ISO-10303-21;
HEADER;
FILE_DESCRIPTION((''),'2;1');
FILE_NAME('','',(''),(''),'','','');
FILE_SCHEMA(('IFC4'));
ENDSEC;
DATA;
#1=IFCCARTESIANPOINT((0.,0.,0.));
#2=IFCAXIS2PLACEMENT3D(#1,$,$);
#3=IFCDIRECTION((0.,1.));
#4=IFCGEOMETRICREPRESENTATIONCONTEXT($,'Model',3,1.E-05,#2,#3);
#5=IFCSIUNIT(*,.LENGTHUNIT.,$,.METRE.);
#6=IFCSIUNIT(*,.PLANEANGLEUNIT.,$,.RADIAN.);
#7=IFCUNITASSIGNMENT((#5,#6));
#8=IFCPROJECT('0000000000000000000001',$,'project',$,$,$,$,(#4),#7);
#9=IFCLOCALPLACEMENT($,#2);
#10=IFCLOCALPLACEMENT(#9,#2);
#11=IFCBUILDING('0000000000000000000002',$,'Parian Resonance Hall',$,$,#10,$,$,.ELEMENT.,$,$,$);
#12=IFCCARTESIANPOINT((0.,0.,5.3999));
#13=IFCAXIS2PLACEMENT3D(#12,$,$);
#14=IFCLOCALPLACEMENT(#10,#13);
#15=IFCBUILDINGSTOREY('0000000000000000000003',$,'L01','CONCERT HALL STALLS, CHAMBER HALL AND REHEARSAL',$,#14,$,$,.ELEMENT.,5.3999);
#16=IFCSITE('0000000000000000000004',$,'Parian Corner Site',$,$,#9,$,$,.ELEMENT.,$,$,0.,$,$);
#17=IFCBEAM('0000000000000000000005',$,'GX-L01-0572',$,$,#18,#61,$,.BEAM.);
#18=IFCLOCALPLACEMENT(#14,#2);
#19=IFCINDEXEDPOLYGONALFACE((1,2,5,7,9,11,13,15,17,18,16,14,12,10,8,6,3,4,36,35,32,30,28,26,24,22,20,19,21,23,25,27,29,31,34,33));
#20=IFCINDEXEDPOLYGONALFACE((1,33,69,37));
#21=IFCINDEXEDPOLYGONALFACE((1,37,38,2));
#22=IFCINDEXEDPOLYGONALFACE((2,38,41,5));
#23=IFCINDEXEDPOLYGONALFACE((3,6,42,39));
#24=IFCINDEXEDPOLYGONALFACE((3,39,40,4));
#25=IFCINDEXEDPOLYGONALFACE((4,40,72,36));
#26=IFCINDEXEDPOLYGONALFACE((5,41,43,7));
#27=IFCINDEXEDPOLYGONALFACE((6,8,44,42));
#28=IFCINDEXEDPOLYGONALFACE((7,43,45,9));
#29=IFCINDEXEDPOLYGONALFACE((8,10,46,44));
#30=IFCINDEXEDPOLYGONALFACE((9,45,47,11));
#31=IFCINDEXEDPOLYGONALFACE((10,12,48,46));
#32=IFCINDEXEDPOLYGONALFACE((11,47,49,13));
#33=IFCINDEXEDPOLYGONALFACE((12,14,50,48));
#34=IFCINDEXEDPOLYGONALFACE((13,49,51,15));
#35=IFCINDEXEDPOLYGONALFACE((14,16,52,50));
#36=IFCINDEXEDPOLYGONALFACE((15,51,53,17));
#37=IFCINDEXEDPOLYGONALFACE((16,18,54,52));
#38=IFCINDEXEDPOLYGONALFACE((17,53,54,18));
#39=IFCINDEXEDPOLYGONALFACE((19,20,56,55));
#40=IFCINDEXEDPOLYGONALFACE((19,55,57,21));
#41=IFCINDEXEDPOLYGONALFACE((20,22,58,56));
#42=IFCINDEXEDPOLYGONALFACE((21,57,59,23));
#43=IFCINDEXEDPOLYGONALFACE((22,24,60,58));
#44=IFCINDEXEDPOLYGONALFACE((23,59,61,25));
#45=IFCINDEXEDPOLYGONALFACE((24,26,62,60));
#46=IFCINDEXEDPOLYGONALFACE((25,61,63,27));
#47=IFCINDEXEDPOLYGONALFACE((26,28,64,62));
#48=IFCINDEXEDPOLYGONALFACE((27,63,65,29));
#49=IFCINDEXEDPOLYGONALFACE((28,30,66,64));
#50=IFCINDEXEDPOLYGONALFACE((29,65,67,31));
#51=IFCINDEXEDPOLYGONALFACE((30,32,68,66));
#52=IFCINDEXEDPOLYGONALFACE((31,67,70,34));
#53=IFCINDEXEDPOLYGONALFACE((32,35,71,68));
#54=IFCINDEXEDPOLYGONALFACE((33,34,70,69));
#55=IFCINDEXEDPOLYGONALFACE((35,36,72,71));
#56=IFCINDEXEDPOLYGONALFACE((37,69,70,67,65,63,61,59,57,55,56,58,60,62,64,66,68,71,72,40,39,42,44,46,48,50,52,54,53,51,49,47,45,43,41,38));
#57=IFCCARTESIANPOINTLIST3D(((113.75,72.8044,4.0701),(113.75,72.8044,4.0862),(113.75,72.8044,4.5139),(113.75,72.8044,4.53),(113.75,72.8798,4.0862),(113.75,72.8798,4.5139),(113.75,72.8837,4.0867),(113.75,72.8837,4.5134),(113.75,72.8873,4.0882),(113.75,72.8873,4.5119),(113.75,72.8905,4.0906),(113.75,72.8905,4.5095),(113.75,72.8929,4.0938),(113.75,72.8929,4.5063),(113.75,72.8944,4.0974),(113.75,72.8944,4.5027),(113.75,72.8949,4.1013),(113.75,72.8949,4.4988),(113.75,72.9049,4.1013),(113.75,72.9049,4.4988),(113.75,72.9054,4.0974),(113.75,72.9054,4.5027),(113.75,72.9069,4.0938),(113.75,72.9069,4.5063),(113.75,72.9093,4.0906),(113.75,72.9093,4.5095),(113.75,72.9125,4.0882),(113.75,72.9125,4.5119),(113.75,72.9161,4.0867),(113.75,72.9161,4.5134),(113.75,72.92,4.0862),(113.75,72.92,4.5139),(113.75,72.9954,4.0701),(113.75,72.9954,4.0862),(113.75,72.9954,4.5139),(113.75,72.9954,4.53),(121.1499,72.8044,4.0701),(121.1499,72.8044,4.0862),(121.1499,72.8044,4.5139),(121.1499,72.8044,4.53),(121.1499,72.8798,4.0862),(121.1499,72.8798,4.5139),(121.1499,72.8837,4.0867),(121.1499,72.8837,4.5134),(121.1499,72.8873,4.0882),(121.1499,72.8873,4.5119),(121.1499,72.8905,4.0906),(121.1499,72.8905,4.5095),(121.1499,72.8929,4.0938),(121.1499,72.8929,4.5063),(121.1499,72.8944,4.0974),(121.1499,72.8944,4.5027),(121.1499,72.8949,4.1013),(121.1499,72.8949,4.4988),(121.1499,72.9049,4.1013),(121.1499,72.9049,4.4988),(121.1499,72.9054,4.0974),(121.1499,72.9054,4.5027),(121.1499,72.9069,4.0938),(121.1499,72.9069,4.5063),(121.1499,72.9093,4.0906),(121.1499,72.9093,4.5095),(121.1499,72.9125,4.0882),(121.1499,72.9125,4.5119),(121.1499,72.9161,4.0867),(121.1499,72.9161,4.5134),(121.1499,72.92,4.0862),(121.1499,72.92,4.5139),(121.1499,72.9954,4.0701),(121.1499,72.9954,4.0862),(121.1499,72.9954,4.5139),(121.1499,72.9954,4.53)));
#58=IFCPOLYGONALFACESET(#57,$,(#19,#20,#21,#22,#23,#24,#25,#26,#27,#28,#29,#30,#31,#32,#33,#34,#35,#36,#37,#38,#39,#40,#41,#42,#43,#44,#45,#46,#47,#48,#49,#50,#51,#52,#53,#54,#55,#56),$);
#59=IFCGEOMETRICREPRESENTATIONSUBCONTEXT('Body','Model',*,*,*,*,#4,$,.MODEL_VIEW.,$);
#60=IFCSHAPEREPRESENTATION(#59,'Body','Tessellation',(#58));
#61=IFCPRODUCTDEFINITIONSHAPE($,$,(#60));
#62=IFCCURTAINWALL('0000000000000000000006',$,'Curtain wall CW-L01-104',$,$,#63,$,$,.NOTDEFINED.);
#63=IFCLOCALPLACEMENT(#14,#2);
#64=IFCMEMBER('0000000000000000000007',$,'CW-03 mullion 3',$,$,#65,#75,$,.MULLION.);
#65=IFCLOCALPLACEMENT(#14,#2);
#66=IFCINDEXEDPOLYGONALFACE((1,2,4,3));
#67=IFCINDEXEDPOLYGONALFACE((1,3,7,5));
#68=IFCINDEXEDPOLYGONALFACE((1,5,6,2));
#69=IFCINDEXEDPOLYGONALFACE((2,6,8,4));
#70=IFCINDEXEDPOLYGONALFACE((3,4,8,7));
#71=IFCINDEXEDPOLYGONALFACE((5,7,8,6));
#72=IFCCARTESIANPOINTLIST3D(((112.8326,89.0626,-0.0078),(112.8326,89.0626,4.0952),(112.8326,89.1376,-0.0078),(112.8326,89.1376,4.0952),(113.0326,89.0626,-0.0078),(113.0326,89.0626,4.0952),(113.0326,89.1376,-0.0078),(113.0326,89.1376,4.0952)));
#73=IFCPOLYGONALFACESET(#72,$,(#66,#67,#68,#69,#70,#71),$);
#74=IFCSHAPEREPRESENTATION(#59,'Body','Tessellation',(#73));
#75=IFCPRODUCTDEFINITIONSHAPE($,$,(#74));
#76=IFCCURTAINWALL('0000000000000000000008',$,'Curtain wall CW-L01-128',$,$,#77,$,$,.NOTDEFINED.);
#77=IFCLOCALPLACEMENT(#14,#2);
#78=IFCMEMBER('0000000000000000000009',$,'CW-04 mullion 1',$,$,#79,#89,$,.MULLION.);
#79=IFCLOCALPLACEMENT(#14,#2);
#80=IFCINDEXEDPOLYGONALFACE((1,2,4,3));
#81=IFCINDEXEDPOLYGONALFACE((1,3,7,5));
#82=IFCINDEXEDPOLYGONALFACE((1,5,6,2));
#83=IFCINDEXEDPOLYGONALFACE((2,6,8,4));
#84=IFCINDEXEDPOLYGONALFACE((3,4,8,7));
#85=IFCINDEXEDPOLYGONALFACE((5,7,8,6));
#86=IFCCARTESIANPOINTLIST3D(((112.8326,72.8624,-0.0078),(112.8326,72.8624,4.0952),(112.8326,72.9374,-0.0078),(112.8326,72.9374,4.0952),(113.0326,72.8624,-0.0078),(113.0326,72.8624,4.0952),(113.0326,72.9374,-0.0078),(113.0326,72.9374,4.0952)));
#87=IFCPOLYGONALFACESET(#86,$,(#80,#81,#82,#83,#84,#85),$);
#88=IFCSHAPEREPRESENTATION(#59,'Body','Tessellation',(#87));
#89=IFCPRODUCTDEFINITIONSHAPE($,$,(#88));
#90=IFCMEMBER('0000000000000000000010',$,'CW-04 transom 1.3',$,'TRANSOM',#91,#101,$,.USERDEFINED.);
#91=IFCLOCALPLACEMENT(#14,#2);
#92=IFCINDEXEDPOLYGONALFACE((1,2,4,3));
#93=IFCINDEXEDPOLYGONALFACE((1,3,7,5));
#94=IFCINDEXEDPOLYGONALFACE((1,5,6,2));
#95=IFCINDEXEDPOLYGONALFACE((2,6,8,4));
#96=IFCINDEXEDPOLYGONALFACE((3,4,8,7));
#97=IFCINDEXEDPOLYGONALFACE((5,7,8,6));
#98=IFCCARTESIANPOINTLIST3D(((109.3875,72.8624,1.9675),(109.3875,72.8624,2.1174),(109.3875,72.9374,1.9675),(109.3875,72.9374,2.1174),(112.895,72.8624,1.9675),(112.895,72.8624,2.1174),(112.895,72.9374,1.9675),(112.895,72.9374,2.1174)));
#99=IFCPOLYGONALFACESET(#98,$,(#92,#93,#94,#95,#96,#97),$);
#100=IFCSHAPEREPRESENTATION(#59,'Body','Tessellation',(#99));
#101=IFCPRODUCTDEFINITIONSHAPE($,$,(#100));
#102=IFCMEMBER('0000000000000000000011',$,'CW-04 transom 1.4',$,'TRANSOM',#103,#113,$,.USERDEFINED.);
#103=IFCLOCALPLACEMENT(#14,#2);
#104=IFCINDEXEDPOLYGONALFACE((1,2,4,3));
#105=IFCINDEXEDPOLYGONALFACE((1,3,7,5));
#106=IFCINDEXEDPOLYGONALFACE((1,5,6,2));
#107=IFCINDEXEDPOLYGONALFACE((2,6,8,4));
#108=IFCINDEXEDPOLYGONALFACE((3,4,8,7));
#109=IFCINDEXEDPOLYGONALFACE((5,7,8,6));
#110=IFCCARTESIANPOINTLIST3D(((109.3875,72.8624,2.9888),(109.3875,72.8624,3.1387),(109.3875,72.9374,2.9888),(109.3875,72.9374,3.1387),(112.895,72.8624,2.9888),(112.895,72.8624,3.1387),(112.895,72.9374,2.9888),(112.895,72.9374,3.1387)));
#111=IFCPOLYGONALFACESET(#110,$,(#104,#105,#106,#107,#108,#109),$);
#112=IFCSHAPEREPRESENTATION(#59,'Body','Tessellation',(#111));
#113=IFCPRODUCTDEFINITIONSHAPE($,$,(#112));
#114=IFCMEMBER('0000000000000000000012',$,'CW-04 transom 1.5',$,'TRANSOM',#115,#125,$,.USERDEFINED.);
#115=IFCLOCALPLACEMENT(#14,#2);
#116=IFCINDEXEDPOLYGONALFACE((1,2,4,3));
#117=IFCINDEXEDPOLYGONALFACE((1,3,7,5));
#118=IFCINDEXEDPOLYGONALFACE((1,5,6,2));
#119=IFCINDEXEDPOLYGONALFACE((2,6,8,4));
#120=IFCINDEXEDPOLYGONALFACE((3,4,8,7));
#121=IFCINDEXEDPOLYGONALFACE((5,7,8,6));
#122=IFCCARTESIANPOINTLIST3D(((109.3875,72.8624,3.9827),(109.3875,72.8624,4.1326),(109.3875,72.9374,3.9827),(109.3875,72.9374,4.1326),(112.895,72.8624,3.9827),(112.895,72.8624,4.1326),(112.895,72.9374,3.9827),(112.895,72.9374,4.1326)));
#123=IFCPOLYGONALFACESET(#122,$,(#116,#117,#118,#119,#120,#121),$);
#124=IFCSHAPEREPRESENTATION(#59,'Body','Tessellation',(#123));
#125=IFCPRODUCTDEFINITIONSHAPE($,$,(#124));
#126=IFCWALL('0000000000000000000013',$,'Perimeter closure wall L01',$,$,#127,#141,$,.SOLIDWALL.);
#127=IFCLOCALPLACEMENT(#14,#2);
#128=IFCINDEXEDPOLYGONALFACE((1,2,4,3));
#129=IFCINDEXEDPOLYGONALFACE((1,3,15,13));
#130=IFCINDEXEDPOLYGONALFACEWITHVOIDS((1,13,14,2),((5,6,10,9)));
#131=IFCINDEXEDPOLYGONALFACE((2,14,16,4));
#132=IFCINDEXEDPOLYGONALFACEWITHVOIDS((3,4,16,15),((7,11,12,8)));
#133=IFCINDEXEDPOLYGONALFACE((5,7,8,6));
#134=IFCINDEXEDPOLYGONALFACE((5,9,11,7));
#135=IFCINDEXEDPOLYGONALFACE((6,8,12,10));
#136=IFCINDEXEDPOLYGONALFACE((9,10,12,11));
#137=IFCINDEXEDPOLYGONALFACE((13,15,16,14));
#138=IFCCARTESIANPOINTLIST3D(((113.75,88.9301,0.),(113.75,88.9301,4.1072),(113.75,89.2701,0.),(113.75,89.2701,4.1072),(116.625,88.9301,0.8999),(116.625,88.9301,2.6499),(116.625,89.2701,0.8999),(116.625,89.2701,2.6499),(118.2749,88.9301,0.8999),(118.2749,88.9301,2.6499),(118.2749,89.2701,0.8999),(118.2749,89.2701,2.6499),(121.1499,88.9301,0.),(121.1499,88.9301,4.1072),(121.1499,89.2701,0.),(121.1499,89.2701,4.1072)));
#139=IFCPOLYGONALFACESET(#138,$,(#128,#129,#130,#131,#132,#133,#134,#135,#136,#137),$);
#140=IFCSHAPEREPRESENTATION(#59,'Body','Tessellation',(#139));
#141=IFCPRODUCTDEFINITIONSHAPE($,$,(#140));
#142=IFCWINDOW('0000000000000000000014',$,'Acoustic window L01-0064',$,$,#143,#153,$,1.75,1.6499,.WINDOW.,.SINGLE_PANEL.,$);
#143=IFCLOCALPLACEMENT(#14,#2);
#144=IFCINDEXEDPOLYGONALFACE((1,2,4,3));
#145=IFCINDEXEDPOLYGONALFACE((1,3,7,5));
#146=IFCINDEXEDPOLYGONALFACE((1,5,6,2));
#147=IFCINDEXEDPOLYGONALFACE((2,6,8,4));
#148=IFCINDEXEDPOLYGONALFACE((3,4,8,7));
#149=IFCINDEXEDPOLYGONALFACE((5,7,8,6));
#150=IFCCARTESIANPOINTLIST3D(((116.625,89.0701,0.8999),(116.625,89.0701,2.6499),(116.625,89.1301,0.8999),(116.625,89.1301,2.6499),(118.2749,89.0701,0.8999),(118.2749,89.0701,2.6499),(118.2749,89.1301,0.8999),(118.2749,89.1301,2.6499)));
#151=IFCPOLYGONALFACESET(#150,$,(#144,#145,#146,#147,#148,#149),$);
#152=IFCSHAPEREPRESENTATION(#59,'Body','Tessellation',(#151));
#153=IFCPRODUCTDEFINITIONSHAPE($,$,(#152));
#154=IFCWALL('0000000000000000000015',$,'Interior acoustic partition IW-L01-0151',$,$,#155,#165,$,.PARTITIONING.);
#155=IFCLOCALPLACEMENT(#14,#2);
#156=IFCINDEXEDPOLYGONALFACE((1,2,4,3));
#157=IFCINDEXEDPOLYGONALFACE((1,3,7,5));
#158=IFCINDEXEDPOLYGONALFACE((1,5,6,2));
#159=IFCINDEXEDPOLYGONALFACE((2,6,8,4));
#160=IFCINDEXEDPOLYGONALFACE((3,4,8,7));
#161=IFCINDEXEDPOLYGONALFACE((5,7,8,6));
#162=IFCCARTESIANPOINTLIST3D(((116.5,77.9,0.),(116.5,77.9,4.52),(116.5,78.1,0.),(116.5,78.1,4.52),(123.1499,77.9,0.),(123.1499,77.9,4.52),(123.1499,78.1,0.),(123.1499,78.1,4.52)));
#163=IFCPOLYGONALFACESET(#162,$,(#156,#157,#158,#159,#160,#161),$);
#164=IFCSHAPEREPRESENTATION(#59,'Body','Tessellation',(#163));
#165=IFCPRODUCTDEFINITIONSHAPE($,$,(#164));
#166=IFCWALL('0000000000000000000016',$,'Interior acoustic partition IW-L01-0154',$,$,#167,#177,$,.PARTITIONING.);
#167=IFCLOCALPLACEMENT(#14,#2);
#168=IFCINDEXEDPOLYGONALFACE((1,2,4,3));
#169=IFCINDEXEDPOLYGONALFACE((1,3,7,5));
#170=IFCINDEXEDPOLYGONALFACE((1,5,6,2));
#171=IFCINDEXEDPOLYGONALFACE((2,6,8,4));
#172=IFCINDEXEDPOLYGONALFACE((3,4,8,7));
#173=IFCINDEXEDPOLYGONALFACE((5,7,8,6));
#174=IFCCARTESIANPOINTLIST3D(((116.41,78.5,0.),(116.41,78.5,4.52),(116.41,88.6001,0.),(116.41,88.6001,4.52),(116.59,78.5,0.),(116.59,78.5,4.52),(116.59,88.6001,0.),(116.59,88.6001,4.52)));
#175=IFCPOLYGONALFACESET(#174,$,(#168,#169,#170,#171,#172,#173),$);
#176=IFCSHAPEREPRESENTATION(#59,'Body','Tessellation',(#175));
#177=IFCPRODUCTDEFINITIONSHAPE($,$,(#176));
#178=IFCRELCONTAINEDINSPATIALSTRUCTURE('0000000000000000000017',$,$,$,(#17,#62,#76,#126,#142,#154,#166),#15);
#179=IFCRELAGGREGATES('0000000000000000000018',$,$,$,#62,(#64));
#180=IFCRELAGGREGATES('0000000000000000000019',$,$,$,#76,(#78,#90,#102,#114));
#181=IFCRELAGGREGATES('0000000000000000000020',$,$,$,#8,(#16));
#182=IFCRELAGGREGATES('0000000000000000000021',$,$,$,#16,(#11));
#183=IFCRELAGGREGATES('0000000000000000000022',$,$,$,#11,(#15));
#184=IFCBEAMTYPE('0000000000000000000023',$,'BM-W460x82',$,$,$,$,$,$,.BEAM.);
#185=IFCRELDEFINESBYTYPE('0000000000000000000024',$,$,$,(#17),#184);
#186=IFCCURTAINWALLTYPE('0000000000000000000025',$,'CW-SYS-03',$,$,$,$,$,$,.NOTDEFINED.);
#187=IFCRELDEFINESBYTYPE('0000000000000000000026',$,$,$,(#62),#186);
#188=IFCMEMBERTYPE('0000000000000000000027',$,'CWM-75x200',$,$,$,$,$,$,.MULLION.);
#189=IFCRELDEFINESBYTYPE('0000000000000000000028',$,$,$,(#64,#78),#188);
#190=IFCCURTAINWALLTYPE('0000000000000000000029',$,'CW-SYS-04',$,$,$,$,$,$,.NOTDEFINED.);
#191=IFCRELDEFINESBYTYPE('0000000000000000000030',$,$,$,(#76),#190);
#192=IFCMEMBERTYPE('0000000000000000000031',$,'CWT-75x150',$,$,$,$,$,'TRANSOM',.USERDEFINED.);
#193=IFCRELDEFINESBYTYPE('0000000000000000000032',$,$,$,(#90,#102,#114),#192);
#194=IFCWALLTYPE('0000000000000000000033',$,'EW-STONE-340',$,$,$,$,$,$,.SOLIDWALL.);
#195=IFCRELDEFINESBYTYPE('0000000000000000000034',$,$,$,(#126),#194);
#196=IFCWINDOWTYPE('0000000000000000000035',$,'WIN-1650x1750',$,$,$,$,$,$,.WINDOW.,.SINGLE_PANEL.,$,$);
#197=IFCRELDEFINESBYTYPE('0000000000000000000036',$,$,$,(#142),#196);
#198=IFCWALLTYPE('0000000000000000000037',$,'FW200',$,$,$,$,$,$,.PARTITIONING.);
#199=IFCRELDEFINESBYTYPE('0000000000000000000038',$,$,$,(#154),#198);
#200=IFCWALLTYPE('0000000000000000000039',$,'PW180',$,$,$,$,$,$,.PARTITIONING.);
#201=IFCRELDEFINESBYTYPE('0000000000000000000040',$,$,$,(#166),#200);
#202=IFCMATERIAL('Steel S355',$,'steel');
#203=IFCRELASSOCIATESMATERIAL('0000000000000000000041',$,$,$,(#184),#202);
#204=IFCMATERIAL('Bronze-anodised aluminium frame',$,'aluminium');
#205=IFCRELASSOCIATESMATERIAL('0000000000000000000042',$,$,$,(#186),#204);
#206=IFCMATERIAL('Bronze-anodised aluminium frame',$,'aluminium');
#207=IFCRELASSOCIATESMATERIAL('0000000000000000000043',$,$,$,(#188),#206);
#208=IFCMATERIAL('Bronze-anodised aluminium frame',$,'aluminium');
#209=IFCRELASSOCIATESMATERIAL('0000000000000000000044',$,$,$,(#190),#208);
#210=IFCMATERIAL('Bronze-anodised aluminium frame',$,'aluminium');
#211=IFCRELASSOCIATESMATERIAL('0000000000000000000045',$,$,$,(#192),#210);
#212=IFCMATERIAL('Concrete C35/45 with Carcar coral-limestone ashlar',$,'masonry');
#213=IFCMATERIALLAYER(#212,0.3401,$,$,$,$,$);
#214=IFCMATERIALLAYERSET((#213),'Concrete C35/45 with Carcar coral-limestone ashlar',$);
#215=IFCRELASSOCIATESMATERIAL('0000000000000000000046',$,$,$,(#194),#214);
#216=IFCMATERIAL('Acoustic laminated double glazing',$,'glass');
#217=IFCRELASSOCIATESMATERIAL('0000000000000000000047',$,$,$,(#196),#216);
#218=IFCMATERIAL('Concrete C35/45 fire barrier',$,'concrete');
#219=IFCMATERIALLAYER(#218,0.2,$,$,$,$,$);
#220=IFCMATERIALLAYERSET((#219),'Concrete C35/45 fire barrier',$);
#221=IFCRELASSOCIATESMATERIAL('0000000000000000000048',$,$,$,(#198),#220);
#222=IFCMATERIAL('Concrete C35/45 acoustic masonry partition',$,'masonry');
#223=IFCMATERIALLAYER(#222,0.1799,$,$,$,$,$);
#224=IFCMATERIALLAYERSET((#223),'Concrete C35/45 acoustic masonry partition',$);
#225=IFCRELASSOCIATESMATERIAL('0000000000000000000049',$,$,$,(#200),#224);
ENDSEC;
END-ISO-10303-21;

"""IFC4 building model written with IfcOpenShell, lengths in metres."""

from ifc_helpers import new_model, si_unit, direction, frame, frame_2d, origin, origin_2d, place, context, subcontext, project, spatial, rectangle, i_section, extrude, material, layer, layer_set, material_profile, profile_set, type_object, element, fill, aggregate, save


model = new_model("IFC4")

# Units and contexts
model_context = context("Model", 3, precision=1e-05, world=origin(), true_north=direction((0.0, 1.0)))
body_context = subcontext(model_context, "Body", "Model", "MODEL_VIEW")
ifc_project = project(units=[si_unit("LENGTHUNIT", "METRE"), si_unit("PLANEANGLEUNIT", "RADIAN")], contexts=[model_context])

# Site, building, storey
site_placement = place(None, origin())
site = spatial("IfcSite", under=ifc_project, at=site_placement, Name="Parian Corner Site", CompositionType="ELEMENT", RefElevation=0.0)
building_placement = place(site_placement, origin())
building = spatial("IfcBuilding", under=site, at=building_placement, Name="Parian Resonance Hall", CompositionType="ELEMENT")
storey_placement = place(building_placement, frame((0.0, 0.0, 5.3999)))
storey = spatial("IfcBuildingStorey", under=building, at=storey_placement, Name="L01", Description="CONCERT HALL STALLS, CHAMBER HALL AND REHEARSAL", CompositionType="ELEMENT", Elevation=5.3999)

# Beam
ifc_material_1 = material(Name="Steel S355", Category="steel")
ifc_material_profile_1 = material_profile(ifc_material_1, i_section(OverallWidth=0.1909, OverallDepth=0.46, WebThickness=0.01, FlangeThickness=0.0161, FilletRadius=0.0151, at=origin_2d()), Name="W460x82")
ifc_profile_set_1 = profile_set([ifc_material_profile_1], Name="Steel S355")
beam_type_1 = type_object("IfcBeamType", Name="BM-W460x82", PredefinedType="BEAM", material=ifc_profile_set_1)
beam_1_placement = place(storey_placement, frame((113.75, 72.8999, 4.3), z_axis=(1.0, 0.0, 0.0), x_axis=(0.0, 1.0, 0.0)))
element("IfcBeam", 1, at=beam_1_placement, inside=storey, type_object=beam_type_1, Name="GX-L01-0572", PredefinedType="BEAM", context=body_context, shape_type="SweptSolid", body=[
    extrude(i_section(OverallWidth=0.1909, OverallDepth=0.46, WebThickness=0.01, FlangeThickness=0.0161, FilletRadius=0.0151, at=origin_2d()), origin(), (0.0, 0.0, 1.0), 7.3999),
])

# Curtain wall, member
ifc_material_2 = material(Name="Bronze-anodised aluminium frame", Category="aluminium")
curtain_wall_type_1 = type_object("IfcCurtainWallType", Name="CW-SYS-03", PredefinedType="NOTDEFINED", material=ifc_material_2)
curtain_wall_1_placement = place(storey_placement, origin())
curtain_wall_1 = element("IfcCurtainWall", 2, at=curtain_wall_1_placement, inside=storey, type_object=curtain_wall_type_1, Name="Curtain wall CW-L01-104", PredefinedType="NOTDEFINED")
ifc_material_3 = material(Name="Bronze-anodised aluminium frame", Category="aluminium")
ifc_material_profile_2 = material_profile(ifc_material_3, rectangle(XDim=0.075, YDim=0.2, at=origin_2d()), Name="CWM-75x200")
ifc_profile_set_2 = profile_set([ifc_material_profile_2], Name="Bronze-anodised aluminium frame")
member_type_1 = type_object("IfcMemberType", Name="CWM-75x200", PredefinedType="MULLION", material=ifc_profile_set_2)
member_1_placement = place(storey_placement, frame((112.9326, 89.1001, -0.0078), z_axis=(0.0, 0.0, 1.0), x_axis=(0.0, 1.0, 0.0)))
member_1 = element("IfcMember", 3, at=member_1_placement, type_object=member_type_1, Name="CW-03 mullion 3", PredefinedType="MULLION", context=body_context, shape_type="SweptSolid", body=[
    extrude(rectangle(XDim=0.075, YDim=0.2, at=origin_2d()), origin(), (0.0, 0.0, 1.0), 4.103),
])
aggregate(curtain_wall_1, [member_1])

# Curtain wall, members
ifc_material_4 = material(Name="Bronze-anodised aluminium frame", Category="aluminium")
curtain_wall_type_2 = type_object("IfcCurtainWallType", Name="CW-SYS-04", PredefinedType="NOTDEFINED", material=ifc_material_4)
curtain_wall_2_placement = place(storey_placement, origin())
curtain_wall_2 = element("IfcCurtainWall", 4, at=curtain_wall_2_placement, inside=storey, type_object=curtain_wall_type_2, Name="Curtain wall CW-L01-128", PredefinedType="NOTDEFINED")
member_2_placement = place(storey_placement, frame((112.9326, 72.8999, -0.0078), z_axis=(0.0, 0.0, 1.0), x_axis=(0.0, -1.0, 0.0)))
member_2 = element("IfcMember", 5, at=member_2_placement, type_object=member_type_1, Name="CW-04 mullion 1", PredefinedType="MULLION", context=body_context, shape_type="SweptSolid", body=[
    extrude(rectangle(XDim=0.075, YDim=0.2, at=origin_2d()), origin(), (0.0, 0.0, 1.0), 4.103),
])
ifc_material_5 = material(Name="Bronze-anodised aluminium frame", Category="aluminium")
ifc_material_profile_3 = material_profile(ifc_material_5, rectangle(XDim=0.075, YDim=0.1499, at=origin_2d()), Name="CWT-75x150")
ifc_profile_set_3 = profile_set([ifc_material_profile_3], Name="Bronze-anodised aluminium frame")
member_type_2 = type_object("IfcMemberType", Name="CWT-75x150", ElementType="TRANSOM", PredefinedType="USERDEFINED", material=ifc_profile_set_3)
member_3_placement = place(storey_placement, frame((112.895, 72.8999, 2.0425), z_axis=(-1.0, 0.0, 0.0), x_axis=(0.0, -1.0, 0.0)))
member_3 = element("IfcMember", 6, at=member_3_placement, type_object=member_type_2, Name="CW-04 transom 1.3", ObjectType="TRANSOM", PredefinedType="USERDEFINED", context=body_context, shape_type="SweptSolid", body=[
    extrude(rectangle(XDim=0.075, YDim=0.1499, at=origin_2d()), origin(), (0.0, 0.0, 1.0), 3.5076),
])
member_4_placement = place(storey_placement, frame((112.895, 72.8999, 3.0637), z_axis=(-1.0, 0.0, 0.0), x_axis=(0.0, -1.0, 0.0)))
member_4 = element("IfcMember", 7, at=member_4_placement, type_object=member_type_2, Name="CW-04 transom 1.4", ObjectType="TRANSOM", PredefinedType="USERDEFINED", context=body_context, shape_type="SweptSolid", body=[
    extrude(rectangle(XDim=0.075, YDim=0.1499, at=origin_2d()), origin(), (0.0, 0.0, 1.0), 3.5076),
])
member_5_placement = place(storey_placement, frame((112.895, 72.8999, 4.0576), z_axis=(-1.0, 0.0, 0.0), x_axis=(0.0, -1.0, 0.0)))
member_5 = element("IfcMember", 8, at=member_5_placement, type_object=member_type_2, Name="CW-04 transom 1.5", ObjectType="TRANSOM", PredefinedType="USERDEFINED", context=body_context, shape_type="SweptSolid", body=[
    extrude(rectangle(XDim=0.075, YDim=0.1499, at=origin_2d()), origin(), (0.0, 0.0, 1.0), 3.5076),
])
aggregate(curtain_wall_2, [member_2, member_3, member_4, member_5])

# Wall, opening, window
ifc_material_6 = material(Name="Concrete C35/45 with Carcar coral-limestone ashlar", Category="masonry")
ifc_layer_1 = layer(ifc_material_6, 0.3401)
ifc_layer_set_1 = layer_set([ifc_layer_1], Name="Concrete C35/45 with Carcar coral-limestone ashlar")
wall_type_1 = type_object("IfcWallType", Name="EW-STONE-340", PredefinedType="SOLIDWALL", material=ifc_layer_set_1)
wall_1_placement = place(storey_placement, frame((121.1499, 89.1001, 0.0), z_axis=(0.0, 0.0, 1.0), x_axis=(-1.0, 0.0, 0.0)))
wall_1 = element("IfcWall", 9, at=wall_1_placement, inside=storey, type_object=wall_type_1, Name="Perimeter closure wall L01", PredefinedType="SOLIDWALL", context=body_context, shape_type="SweptSolid", body=[
    extrude(rectangle(XDim=7.3999, YDim=0.3401, at=frame_2d((3.7, 0.0))), origin(), (0.0, 0.0, 1.0), 4.1072),
])
opening_placement = place(wall_1_placement, frame((2.875, 0.0, 0.8999)))
opening = element("IfcOpeningElement", 10, at=opening_placement, cuts=wall_1, PredefinedType="OPENING", context=body_context, shape_type="SweptSolid", body=[
    extrude(rectangle(XDim=1.6499, YDim=1.75, at=frame_2d((0.825, 0.875))), frame((0.0, 0.1799, 0.0), z_axis=(0.0, -1.0, 0.0), x_axis=(1.0, 0.0, 0.0)), (0.0, 0.0, 1.0), 0.3601),
])
ifc_material_7 = material(Name="Acoustic laminated double glazing", Category="glass")
window_type = type_object("IfcWindowType", Name="WIN-1650x1750", PartitioningType="SINGLE_PANEL", PredefinedType="WINDOW", material=ifc_material_7)
window_placement = place(opening_placement, origin())
window = element("IfcWindow", 11, at=window_placement, inside=storey, type_object=window_type, Name="Acoustic window L01-0064", OverallHeight=1.75, OverallWidth=1.6499, PartitioningType="SINGLE_PANEL", PredefinedType="WINDOW", context=body_context, shape_type="SweptSolid", body=[
    extrude(rectangle(XDim=1.6499, YDim=1.75, at=frame_2d((0.825, 0.875))), frame((0.0, 0.03, 0.0), z_axis=(0.0, -1.0, 0.0), x_axis=(1.0, 0.0, 0.0)), (0.0, 0.0, 1.0), 0.0601),
])
fill(opening, window)

# Walls
ifc_material_8 = material(Name="Concrete C35/45 fire barrier", Category="concrete")
ifc_layer_2 = layer(ifc_material_8, 0.2)
ifc_layer_set_2 = layer_set([ifc_layer_2], Name="Concrete C35/45 fire barrier")
wall_type_2 = type_object("IfcWallType", Name="FW200", PredefinedType="PARTITIONING", material=ifc_layer_set_2)
wall_2_placement = place(storey_placement, frame((116.5, 78.0, 0.0), z_axis=(0.0, 0.0, 1.0), x_axis=(1.0, 0.0, 0.0)))
element("IfcWall", 12, at=wall_2_placement, inside=storey, type_object=wall_type_2, Name="Interior acoustic partition IW-L01-0151", PredefinedType="PARTITIONING", context=body_context, shape_type="SweptSolid", body=[
    extrude(rectangle(XDim=6.6499, YDim=0.2, at=frame_2d((3.325, 0.0))), origin(), (0.0, 0.0, 1.0), 4.52),
])
ifc_material_9 = material(Name="Concrete C35/45 acoustic masonry partition", Category="masonry")
ifc_layer_3 = layer(ifc_material_9, 0.1799)
ifc_layer_set_3 = layer_set([ifc_layer_3], Name="Concrete C35/45 acoustic masonry partition")
wall_type_3 = type_object("IfcWallType", Name="PW180", PredefinedType="PARTITIONING", material=ifc_layer_set_3)
wall_3_placement = place(storey_placement, frame((116.5, 78.5, 0.0), z_axis=(0.0, 0.0, 1.0), x_axis=(0.0, 1.0, 0.0)))
element("IfcWall", 13, at=wall_3_placement, inside=storey, type_object=wall_type_3, Name="Interior acoustic partition IW-L01-0154", PredefinedType="PARTITIONING", context=body_context, shape_type="SweptSolid", body=[
    extrude(rectangle(XDim=10.1001, YDim=0.1799, at=frame_2d((5.05, 0.0))), origin(), (0.0, 0.0, 1.0), 4.52),
])

save(model, "model.ifc")
